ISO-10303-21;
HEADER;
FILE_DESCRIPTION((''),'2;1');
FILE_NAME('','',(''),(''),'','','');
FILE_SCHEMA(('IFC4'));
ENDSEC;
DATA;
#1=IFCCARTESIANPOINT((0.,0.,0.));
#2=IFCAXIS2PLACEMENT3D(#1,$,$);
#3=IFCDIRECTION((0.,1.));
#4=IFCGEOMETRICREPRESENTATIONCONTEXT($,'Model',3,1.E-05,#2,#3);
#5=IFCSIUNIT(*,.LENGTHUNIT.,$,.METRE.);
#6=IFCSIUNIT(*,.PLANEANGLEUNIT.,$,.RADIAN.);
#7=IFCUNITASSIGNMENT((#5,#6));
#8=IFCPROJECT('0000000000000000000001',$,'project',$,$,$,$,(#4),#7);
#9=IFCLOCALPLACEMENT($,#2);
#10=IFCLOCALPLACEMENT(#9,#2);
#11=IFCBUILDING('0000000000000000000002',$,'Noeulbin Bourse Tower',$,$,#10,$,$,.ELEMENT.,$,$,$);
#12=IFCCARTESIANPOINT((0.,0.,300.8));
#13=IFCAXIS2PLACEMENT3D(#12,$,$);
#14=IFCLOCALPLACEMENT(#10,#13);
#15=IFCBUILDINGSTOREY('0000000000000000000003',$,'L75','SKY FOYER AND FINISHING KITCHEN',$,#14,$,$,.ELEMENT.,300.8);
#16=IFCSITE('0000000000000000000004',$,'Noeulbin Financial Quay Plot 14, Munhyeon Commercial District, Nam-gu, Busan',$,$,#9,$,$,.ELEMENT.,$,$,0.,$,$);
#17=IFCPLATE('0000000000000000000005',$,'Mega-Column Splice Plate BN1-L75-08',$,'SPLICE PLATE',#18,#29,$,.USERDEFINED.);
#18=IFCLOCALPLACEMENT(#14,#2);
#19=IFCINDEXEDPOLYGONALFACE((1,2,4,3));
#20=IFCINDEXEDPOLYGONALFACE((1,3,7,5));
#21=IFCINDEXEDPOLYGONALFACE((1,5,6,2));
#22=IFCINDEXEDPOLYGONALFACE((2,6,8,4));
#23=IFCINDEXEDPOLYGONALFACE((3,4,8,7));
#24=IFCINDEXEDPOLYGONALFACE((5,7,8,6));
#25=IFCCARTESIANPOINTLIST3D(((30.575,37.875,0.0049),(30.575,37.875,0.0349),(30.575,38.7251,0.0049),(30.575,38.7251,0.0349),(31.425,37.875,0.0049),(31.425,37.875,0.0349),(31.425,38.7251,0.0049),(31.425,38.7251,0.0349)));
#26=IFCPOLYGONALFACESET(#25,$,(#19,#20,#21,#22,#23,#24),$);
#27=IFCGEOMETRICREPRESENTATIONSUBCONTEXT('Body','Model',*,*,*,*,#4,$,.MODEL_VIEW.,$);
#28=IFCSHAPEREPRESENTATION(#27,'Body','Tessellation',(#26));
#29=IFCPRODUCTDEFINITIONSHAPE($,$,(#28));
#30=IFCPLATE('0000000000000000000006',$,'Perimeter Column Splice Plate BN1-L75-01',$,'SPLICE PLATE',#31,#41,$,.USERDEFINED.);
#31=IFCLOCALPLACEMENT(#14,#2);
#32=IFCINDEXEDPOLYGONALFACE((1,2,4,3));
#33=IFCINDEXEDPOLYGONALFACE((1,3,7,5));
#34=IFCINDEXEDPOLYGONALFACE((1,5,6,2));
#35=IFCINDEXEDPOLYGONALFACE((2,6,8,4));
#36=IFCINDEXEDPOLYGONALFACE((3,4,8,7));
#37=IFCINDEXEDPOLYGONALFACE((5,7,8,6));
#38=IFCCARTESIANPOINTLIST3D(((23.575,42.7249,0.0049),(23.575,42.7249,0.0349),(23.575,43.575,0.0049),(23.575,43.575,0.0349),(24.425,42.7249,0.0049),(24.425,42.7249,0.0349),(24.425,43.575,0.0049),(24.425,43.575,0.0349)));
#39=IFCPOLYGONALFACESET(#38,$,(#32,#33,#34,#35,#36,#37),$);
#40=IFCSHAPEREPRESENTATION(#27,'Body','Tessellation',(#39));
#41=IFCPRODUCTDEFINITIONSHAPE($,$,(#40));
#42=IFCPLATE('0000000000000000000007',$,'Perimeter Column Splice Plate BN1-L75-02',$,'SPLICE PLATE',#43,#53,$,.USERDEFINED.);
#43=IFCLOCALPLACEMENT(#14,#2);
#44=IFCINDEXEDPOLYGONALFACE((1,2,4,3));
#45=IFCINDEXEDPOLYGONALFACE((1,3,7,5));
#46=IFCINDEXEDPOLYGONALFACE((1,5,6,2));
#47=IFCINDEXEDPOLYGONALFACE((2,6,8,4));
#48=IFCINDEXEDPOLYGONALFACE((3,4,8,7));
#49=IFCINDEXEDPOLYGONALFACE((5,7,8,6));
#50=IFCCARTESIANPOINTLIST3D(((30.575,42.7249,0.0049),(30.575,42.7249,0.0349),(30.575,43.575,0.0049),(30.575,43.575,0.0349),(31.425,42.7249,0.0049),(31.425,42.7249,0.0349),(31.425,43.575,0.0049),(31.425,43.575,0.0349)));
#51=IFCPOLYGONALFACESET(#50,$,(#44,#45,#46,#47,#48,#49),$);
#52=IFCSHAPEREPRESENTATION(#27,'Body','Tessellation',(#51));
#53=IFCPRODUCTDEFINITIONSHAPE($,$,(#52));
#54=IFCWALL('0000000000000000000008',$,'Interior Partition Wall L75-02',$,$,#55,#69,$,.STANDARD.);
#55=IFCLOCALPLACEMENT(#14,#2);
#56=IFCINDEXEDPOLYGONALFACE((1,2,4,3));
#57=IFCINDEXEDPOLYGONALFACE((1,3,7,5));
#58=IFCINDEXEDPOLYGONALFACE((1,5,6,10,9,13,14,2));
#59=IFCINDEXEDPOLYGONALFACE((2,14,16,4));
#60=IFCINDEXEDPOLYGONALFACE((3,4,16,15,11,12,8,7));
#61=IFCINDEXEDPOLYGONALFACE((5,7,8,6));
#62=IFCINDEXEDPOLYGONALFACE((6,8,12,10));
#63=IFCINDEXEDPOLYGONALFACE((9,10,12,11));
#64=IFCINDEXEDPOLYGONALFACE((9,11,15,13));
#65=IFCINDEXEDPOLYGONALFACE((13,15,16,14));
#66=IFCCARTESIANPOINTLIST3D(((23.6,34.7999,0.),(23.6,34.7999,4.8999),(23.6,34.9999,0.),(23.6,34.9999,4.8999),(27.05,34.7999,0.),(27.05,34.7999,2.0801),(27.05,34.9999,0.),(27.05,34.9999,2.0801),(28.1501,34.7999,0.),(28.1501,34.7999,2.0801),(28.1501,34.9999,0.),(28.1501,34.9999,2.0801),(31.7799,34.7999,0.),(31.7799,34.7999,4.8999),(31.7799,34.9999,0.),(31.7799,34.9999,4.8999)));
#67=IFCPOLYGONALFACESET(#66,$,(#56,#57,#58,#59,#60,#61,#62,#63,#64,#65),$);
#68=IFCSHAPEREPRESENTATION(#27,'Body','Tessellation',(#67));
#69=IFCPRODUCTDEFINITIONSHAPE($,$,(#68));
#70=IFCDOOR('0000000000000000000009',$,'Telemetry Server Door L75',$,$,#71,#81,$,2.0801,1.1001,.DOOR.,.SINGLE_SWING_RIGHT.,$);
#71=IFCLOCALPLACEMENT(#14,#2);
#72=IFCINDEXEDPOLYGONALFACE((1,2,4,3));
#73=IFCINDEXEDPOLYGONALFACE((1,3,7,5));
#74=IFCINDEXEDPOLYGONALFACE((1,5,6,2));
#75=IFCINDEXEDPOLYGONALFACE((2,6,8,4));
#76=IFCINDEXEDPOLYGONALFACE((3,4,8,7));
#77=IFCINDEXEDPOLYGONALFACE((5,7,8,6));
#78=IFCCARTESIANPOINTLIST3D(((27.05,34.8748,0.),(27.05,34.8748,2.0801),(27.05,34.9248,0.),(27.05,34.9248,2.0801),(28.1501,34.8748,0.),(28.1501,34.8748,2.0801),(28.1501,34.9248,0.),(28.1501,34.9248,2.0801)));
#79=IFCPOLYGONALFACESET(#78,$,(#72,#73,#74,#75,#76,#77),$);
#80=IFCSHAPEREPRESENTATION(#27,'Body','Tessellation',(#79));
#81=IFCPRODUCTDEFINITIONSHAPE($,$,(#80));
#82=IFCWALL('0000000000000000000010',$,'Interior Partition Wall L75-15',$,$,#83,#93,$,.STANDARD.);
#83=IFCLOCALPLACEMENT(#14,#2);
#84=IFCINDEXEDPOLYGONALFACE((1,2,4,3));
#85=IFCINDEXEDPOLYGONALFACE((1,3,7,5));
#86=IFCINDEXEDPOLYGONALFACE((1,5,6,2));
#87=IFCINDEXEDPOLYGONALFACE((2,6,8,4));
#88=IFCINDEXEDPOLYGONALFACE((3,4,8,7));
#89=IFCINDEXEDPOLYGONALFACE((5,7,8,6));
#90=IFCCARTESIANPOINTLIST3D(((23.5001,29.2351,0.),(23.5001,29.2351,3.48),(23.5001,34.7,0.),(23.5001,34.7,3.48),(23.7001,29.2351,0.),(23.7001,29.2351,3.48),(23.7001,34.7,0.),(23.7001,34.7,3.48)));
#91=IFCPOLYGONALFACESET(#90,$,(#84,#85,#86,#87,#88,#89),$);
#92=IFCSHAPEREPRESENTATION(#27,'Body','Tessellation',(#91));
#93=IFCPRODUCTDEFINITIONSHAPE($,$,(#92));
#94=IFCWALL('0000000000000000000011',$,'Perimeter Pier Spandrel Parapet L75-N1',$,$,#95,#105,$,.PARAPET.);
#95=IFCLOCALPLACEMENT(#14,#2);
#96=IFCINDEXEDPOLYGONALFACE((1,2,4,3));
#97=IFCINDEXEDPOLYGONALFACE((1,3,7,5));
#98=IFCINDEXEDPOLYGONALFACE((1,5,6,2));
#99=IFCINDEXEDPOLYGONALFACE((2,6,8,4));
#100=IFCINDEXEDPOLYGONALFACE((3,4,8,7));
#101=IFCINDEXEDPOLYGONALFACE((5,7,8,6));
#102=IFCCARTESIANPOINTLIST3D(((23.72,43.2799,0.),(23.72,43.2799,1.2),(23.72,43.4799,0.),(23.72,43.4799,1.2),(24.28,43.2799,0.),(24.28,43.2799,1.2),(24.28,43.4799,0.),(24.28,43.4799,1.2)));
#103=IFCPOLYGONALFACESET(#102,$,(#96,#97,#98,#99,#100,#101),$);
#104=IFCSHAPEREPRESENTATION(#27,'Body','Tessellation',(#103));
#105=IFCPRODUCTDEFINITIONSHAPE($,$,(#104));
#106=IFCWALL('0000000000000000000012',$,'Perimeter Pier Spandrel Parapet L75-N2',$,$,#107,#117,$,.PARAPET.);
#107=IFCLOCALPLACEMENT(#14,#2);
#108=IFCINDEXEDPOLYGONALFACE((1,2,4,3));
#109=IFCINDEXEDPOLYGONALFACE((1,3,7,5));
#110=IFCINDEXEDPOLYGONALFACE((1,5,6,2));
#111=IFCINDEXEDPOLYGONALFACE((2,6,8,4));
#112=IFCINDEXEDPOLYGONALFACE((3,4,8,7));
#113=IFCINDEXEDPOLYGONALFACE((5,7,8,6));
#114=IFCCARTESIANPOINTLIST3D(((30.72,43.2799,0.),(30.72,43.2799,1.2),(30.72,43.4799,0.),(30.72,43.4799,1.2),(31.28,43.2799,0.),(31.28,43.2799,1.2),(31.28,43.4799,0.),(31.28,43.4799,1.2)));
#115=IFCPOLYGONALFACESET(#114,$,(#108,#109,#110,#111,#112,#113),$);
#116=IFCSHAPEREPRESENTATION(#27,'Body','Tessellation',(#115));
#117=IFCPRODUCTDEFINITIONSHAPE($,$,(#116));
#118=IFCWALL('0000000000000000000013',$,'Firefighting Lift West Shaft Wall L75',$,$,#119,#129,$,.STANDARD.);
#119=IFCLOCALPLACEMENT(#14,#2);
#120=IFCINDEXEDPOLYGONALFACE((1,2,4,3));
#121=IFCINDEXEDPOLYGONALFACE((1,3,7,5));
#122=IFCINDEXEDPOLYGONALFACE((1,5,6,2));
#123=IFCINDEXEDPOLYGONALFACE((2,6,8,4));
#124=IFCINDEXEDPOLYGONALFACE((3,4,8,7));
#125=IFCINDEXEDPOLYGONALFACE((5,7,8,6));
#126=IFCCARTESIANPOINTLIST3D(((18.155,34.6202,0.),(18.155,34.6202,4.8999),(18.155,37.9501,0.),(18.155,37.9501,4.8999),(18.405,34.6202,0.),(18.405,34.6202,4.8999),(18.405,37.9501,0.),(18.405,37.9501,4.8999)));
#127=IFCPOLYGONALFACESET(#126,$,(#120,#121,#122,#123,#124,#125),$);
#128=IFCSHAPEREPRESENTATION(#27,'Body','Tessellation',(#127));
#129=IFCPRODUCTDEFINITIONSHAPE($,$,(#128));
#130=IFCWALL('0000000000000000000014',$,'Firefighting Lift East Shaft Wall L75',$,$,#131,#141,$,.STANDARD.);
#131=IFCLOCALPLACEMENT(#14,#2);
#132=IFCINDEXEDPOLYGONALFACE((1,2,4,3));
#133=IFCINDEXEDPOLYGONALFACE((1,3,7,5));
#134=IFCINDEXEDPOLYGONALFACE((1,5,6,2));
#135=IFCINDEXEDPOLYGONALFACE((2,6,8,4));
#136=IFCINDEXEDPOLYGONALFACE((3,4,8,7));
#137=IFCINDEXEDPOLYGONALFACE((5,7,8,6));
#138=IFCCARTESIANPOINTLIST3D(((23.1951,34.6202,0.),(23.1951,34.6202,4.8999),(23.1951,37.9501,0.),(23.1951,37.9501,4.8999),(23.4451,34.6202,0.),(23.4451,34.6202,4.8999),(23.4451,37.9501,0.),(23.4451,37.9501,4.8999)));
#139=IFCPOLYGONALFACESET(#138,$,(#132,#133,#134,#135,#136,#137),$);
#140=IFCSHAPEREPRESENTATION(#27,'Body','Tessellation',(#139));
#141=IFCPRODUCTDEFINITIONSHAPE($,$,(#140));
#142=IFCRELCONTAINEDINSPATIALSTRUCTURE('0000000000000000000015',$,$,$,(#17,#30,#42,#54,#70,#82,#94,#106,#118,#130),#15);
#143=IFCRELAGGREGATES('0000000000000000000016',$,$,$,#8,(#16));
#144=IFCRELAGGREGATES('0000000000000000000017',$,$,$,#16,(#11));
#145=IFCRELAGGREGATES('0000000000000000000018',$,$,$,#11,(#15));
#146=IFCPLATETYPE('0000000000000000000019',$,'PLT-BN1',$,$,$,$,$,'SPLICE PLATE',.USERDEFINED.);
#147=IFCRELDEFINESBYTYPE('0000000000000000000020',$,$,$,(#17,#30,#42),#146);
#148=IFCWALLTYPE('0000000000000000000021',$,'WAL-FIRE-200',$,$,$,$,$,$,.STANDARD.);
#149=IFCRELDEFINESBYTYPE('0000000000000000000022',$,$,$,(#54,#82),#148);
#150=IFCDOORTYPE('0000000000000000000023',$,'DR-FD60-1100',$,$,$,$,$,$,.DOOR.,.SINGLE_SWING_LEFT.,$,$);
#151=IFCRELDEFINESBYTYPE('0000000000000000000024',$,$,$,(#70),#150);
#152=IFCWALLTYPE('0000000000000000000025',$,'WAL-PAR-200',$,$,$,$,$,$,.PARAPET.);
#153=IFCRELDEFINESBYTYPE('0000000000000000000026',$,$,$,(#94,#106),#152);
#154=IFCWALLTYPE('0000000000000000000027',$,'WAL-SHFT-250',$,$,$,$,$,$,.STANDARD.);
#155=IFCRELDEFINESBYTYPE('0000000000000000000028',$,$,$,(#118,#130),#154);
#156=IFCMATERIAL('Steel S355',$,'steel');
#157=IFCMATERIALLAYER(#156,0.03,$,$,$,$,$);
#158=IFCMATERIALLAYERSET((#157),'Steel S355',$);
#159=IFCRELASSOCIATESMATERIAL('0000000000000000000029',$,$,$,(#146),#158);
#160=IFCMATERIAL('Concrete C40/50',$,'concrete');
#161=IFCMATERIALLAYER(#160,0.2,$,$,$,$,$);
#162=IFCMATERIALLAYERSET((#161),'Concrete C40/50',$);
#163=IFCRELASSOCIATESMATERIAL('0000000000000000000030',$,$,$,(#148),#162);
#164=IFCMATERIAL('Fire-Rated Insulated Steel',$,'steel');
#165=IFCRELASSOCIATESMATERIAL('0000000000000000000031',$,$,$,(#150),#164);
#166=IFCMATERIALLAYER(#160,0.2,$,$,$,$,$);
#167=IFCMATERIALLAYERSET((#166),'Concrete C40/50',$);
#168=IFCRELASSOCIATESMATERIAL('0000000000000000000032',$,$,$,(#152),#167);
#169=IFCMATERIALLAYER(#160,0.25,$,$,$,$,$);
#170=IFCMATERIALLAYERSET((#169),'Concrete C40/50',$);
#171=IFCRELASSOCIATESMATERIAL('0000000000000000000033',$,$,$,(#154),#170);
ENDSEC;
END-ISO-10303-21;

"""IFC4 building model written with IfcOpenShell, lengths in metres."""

from ifc_helpers import new_model, si_unit, direction, frame, frame_2d, origin, origin_2d, place, context, subcontext, project, spatial, rectangle, extrude, material, layer, layer_set, type_object, element, fill, save


model = new_model("IFC4")

# Units and contexts
model_context = context("Model", 3, precision=1e-05, world=origin(), true_north=direction((0.0, 1.0)))
body_context = subcontext(model_context, "Body", "Model", "MODEL_VIEW")
ifc_project = project(units=[si_unit("LENGTHUNIT", "METRE"), si_unit("PLANEANGLEUNIT", "RADIAN")], contexts=[model_context])

# Site, building, storey
site_placement = place(None, origin())
site = spatial("IfcSite", under=ifc_project, at=site_placement, Name="Noeulbin Financial Quay Plot 14, Munhyeon Commercial District, Nam-gu, Busan", CompositionType="ELEMENT", RefElevation=0.0)
building_placement = place(site_placement, origin())
building = spatial("IfcBuilding", under=site, at=building_placement, Name="Noeulbin Bourse Tower", CompositionType="ELEMENT")
storey_placement = place(building_placement, frame((0.0, 0.0, 300.8)))
storey = spatial("IfcBuildingStorey", under=building, at=storey_placement, Name="L75", Description="SKY FOYER AND FINISHING KITCHEN", CompositionType="ELEMENT", Elevation=300.8)

# Shared definitions
ifc_material_1 = material(Name="Steel S355", Category="steel")

# Plates
ifc_layer_1 = layer(ifc_material_1, 0.03)
ifc_layer_set_1 = layer_set([ifc_layer_1], Name="Steel S355")
plate_type_1 = type_object("IfcPlateType", Name="PLT-BN1", ElementType="SPLICE PLATE", PredefinedType="USERDEFINED", material=ifc_layer_set_1)
for number, where, z_axis, x_axis, name in (
    (1, (31.0, 38.3, 0.0049), (0.0, 0.0, 1.0), (1.0, 0.0, 0.0), "Mega-Column Splice Plate BN1-L75-08"),
    (2, (24.0, 43.1499, 0.0049), (0.0, 0.0, 1.0), (1.0, 0.0, 0.0), "Perimeter Column Splice Plate BN1-L75-01"),
    (3, (31.0, 43.1499, 0.0049), (0.0, 0.0, 1.0), (1.0, 0.0, 0.0), "Perimeter Column Splice Plate BN1-L75-02"),
):
    element("IfcPlate", number, at=place(storey_placement, frame(where, z_axis=z_axis, x_axis=x_axis)), inside=storey, type_object=plate_type_1, Name=name, ObjectType="SPLICE PLATE", PredefinedType="USERDEFINED", context=body_context, shape_type="SweptSolid", body=[
        extrude(rectangle(XDim=0.8501, YDim=0.8501, at=origin_2d()), origin(), (0.0, 0.0, 1.0), 0.03),
    ])

# Wall, opening, door
ifc_material_2 = material(Name="Concrete C40/50", Category="concrete")
ifc_layer_2 = layer(ifc_material_2, 0.2)
ifc_layer_set_2 = layer_set([ifc_layer_2], Name="Concrete C40/50")
wall_type_1 = type_object("IfcWallType", Name="WAL-FIRE-200", PredefinedType="STANDARD", material=ifc_layer_set_2)
wall_1_placement = place(storey_placement, frame((23.6001, 34.8999, 0.0), z_axis=(0.0, 0.0, 1.0), x_axis=(1.0, 0.0, 0.0)))
wall_1 = element("IfcWall", 4, at=wall_1_placement, inside=storey, type_object=wall_type_1, Name="Interior Partition Wall L75-02", PredefinedType="STANDARD", context=body_context, shape_type="SweptSolid", body=[
    extrude(rectangle(XDim=8.1799, YDim=0.2, at=frame_2d((4.0898, 0.0))), origin(), (0.0, 0.0, 1.0), 4.8999),
])
opening_placement = place(wall_1_placement, frame((3.45, 0.0, 0.0)))
opening = element("IfcOpeningElement", 5, at=opening_placement, cuts=wall_1, PredefinedType="OPENING", context=body_context, shape_type="SweptSolid", body=[
    extrude(rectangle(XDim=1.1001, YDim=2.0801, at=frame_2d((0.55, 1.04))), frame((0.0, 0.1099, 0.0), z_axis=(0.0, -1.0, 0.0), x_axis=(1.0, 0.0, 0.0)), (0.0, 0.0, 1.0), 0.22),
])
ifc_material_3 = material(Name="Fire-Rated Insulated Steel", Category="steel")
door_type = type_object("IfcDoorType", Name="DR-FD60-1100", OperationType="SINGLE_SWING_LEFT", PredefinedType="DOOR", material=ifc_material_3)
door_placement = place(opening_placement, origin())
door = element("IfcDoor", 6, at=door_placement, inside=storey, type_object=door_type, Name="Telemetry Server Door L75", OperationType="SINGLE_SWING_RIGHT", OverallHeight=2.0801, OverallWidth=1.1001, PredefinedType="DOOR", context=body_context, shape_type="SweptSolid", body=[
    extrude(rectangle(XDim=1.1001, YDim=2.0801, at=frame_2d((0.55, 1.04))), frame((0.0, 0.0249, 0.0), z_axis=(0.0, -1.0, 0.0), x_axis=(1.0, 0.0, 0.0)), (0.0, 0.0, 1.0), 0.05),
])
fill(opening, door)

# Walls
wall_2_placement = place(storey_placement, frame((23.6001, 29.2351, 0.0), z_axis=(0.0, 0.0, 1.0), x_axis=(0.0, 1.0, 0.0)))
element("IfcWall", 7, at=wall_2_placement, inside=storey, type_object=wall_type_1, Name="Interior Partition Wall L75-15", PredefinedType="STANDARD", context=body_context, shape_type="SweptSolid", body=[
    extrude(rectangle(XDim=5.4648, YDim=0.2, at=frame_2d((2.7324, 0.0))), origin(), (0.0, 0.0, 1.0), 3.48),
])
ifc_layer_3 = layer(ifc_material_2, 0.2)
ifc_layer_set_3 = layer_set([ifc_layer_3], Name="Concrete C40/50")
wall_type_2 = type_object("IfcWallType", Name="WAL-PAR-200", PredefinedType="PARAPET", material=ifc_layer_set_3)
for number, where, z_axis, x_axis, name in (
    (8, (23.72, 43.3799, 0.0), (0.0, 0.0, 1.0), (1.0, 0.0, 0.0), "Perimeter Pier Spandrel Parapet L75-N1"),
    (9, (30.72, 43.3799, 0.0), (0.0, 0.0, 1.0), (1.0, 0.0, 0.0), "Perimeter Pier Spandrel Parapet L75-N2"),
):
    element("IfcWall", number, at=place(storey_placement, frame(where, z_axis=z_axis, x_axis=x_axis)), inside=storey, type_object=wall_type_2, Name=name, PredefinedType="PARAPET", context=body_context, shape_type="SweptSolid", body=[
        extrude(rectangle(XDim=0.5601, YDim=0.2, at=frame_2d((0.28, 0.0))), origin(), (0.0, 0.0, 1.0), 1.2),
    ])
ifc_layer_4 = layer(ifc_material_2, 0.25)
ifc_layer_set_4 = layer_set([ifc_layer_4], Name="Concrete C40/50")
wall_type_3 = type_object("IfcWallType", Name="WAL-SHFT-250", PredefinedType="STANDARD", material=ifc_layer_set_4)
for number, where, z_axis, x_axis, name in (
    (10, (18.28, 34.6201, 0.0), (0.0, 0.0, 1.0), (0.0, 1.0, 0.0), "Firefighting Lift West Shaft Wall L75"),
    (11, (23.3201, 34.6201, 0.0), (0.0, 0.0, 1.0), (0.0, 1.0, 0.0), "Firefighting Lift East Shaft Wall L75"),
):
    element("IfcWall", number, at=place(storey_placement, frame(where, z_axis=z_axis, x_axis=x_axis)), inside=storey, type_object=wall_type_3, Name=name, PredefinedType="STANDARD", context=body_context, shape_type="SweptSolid", body=[
        extrude(rectangle(XDim=3.3298, YDim=0.25, at=frame_2d((1.665, 0.0))), origin(), (0.0, 0.0, 1.0), 4.8999),
    ])

save(model, "model.ifc")
